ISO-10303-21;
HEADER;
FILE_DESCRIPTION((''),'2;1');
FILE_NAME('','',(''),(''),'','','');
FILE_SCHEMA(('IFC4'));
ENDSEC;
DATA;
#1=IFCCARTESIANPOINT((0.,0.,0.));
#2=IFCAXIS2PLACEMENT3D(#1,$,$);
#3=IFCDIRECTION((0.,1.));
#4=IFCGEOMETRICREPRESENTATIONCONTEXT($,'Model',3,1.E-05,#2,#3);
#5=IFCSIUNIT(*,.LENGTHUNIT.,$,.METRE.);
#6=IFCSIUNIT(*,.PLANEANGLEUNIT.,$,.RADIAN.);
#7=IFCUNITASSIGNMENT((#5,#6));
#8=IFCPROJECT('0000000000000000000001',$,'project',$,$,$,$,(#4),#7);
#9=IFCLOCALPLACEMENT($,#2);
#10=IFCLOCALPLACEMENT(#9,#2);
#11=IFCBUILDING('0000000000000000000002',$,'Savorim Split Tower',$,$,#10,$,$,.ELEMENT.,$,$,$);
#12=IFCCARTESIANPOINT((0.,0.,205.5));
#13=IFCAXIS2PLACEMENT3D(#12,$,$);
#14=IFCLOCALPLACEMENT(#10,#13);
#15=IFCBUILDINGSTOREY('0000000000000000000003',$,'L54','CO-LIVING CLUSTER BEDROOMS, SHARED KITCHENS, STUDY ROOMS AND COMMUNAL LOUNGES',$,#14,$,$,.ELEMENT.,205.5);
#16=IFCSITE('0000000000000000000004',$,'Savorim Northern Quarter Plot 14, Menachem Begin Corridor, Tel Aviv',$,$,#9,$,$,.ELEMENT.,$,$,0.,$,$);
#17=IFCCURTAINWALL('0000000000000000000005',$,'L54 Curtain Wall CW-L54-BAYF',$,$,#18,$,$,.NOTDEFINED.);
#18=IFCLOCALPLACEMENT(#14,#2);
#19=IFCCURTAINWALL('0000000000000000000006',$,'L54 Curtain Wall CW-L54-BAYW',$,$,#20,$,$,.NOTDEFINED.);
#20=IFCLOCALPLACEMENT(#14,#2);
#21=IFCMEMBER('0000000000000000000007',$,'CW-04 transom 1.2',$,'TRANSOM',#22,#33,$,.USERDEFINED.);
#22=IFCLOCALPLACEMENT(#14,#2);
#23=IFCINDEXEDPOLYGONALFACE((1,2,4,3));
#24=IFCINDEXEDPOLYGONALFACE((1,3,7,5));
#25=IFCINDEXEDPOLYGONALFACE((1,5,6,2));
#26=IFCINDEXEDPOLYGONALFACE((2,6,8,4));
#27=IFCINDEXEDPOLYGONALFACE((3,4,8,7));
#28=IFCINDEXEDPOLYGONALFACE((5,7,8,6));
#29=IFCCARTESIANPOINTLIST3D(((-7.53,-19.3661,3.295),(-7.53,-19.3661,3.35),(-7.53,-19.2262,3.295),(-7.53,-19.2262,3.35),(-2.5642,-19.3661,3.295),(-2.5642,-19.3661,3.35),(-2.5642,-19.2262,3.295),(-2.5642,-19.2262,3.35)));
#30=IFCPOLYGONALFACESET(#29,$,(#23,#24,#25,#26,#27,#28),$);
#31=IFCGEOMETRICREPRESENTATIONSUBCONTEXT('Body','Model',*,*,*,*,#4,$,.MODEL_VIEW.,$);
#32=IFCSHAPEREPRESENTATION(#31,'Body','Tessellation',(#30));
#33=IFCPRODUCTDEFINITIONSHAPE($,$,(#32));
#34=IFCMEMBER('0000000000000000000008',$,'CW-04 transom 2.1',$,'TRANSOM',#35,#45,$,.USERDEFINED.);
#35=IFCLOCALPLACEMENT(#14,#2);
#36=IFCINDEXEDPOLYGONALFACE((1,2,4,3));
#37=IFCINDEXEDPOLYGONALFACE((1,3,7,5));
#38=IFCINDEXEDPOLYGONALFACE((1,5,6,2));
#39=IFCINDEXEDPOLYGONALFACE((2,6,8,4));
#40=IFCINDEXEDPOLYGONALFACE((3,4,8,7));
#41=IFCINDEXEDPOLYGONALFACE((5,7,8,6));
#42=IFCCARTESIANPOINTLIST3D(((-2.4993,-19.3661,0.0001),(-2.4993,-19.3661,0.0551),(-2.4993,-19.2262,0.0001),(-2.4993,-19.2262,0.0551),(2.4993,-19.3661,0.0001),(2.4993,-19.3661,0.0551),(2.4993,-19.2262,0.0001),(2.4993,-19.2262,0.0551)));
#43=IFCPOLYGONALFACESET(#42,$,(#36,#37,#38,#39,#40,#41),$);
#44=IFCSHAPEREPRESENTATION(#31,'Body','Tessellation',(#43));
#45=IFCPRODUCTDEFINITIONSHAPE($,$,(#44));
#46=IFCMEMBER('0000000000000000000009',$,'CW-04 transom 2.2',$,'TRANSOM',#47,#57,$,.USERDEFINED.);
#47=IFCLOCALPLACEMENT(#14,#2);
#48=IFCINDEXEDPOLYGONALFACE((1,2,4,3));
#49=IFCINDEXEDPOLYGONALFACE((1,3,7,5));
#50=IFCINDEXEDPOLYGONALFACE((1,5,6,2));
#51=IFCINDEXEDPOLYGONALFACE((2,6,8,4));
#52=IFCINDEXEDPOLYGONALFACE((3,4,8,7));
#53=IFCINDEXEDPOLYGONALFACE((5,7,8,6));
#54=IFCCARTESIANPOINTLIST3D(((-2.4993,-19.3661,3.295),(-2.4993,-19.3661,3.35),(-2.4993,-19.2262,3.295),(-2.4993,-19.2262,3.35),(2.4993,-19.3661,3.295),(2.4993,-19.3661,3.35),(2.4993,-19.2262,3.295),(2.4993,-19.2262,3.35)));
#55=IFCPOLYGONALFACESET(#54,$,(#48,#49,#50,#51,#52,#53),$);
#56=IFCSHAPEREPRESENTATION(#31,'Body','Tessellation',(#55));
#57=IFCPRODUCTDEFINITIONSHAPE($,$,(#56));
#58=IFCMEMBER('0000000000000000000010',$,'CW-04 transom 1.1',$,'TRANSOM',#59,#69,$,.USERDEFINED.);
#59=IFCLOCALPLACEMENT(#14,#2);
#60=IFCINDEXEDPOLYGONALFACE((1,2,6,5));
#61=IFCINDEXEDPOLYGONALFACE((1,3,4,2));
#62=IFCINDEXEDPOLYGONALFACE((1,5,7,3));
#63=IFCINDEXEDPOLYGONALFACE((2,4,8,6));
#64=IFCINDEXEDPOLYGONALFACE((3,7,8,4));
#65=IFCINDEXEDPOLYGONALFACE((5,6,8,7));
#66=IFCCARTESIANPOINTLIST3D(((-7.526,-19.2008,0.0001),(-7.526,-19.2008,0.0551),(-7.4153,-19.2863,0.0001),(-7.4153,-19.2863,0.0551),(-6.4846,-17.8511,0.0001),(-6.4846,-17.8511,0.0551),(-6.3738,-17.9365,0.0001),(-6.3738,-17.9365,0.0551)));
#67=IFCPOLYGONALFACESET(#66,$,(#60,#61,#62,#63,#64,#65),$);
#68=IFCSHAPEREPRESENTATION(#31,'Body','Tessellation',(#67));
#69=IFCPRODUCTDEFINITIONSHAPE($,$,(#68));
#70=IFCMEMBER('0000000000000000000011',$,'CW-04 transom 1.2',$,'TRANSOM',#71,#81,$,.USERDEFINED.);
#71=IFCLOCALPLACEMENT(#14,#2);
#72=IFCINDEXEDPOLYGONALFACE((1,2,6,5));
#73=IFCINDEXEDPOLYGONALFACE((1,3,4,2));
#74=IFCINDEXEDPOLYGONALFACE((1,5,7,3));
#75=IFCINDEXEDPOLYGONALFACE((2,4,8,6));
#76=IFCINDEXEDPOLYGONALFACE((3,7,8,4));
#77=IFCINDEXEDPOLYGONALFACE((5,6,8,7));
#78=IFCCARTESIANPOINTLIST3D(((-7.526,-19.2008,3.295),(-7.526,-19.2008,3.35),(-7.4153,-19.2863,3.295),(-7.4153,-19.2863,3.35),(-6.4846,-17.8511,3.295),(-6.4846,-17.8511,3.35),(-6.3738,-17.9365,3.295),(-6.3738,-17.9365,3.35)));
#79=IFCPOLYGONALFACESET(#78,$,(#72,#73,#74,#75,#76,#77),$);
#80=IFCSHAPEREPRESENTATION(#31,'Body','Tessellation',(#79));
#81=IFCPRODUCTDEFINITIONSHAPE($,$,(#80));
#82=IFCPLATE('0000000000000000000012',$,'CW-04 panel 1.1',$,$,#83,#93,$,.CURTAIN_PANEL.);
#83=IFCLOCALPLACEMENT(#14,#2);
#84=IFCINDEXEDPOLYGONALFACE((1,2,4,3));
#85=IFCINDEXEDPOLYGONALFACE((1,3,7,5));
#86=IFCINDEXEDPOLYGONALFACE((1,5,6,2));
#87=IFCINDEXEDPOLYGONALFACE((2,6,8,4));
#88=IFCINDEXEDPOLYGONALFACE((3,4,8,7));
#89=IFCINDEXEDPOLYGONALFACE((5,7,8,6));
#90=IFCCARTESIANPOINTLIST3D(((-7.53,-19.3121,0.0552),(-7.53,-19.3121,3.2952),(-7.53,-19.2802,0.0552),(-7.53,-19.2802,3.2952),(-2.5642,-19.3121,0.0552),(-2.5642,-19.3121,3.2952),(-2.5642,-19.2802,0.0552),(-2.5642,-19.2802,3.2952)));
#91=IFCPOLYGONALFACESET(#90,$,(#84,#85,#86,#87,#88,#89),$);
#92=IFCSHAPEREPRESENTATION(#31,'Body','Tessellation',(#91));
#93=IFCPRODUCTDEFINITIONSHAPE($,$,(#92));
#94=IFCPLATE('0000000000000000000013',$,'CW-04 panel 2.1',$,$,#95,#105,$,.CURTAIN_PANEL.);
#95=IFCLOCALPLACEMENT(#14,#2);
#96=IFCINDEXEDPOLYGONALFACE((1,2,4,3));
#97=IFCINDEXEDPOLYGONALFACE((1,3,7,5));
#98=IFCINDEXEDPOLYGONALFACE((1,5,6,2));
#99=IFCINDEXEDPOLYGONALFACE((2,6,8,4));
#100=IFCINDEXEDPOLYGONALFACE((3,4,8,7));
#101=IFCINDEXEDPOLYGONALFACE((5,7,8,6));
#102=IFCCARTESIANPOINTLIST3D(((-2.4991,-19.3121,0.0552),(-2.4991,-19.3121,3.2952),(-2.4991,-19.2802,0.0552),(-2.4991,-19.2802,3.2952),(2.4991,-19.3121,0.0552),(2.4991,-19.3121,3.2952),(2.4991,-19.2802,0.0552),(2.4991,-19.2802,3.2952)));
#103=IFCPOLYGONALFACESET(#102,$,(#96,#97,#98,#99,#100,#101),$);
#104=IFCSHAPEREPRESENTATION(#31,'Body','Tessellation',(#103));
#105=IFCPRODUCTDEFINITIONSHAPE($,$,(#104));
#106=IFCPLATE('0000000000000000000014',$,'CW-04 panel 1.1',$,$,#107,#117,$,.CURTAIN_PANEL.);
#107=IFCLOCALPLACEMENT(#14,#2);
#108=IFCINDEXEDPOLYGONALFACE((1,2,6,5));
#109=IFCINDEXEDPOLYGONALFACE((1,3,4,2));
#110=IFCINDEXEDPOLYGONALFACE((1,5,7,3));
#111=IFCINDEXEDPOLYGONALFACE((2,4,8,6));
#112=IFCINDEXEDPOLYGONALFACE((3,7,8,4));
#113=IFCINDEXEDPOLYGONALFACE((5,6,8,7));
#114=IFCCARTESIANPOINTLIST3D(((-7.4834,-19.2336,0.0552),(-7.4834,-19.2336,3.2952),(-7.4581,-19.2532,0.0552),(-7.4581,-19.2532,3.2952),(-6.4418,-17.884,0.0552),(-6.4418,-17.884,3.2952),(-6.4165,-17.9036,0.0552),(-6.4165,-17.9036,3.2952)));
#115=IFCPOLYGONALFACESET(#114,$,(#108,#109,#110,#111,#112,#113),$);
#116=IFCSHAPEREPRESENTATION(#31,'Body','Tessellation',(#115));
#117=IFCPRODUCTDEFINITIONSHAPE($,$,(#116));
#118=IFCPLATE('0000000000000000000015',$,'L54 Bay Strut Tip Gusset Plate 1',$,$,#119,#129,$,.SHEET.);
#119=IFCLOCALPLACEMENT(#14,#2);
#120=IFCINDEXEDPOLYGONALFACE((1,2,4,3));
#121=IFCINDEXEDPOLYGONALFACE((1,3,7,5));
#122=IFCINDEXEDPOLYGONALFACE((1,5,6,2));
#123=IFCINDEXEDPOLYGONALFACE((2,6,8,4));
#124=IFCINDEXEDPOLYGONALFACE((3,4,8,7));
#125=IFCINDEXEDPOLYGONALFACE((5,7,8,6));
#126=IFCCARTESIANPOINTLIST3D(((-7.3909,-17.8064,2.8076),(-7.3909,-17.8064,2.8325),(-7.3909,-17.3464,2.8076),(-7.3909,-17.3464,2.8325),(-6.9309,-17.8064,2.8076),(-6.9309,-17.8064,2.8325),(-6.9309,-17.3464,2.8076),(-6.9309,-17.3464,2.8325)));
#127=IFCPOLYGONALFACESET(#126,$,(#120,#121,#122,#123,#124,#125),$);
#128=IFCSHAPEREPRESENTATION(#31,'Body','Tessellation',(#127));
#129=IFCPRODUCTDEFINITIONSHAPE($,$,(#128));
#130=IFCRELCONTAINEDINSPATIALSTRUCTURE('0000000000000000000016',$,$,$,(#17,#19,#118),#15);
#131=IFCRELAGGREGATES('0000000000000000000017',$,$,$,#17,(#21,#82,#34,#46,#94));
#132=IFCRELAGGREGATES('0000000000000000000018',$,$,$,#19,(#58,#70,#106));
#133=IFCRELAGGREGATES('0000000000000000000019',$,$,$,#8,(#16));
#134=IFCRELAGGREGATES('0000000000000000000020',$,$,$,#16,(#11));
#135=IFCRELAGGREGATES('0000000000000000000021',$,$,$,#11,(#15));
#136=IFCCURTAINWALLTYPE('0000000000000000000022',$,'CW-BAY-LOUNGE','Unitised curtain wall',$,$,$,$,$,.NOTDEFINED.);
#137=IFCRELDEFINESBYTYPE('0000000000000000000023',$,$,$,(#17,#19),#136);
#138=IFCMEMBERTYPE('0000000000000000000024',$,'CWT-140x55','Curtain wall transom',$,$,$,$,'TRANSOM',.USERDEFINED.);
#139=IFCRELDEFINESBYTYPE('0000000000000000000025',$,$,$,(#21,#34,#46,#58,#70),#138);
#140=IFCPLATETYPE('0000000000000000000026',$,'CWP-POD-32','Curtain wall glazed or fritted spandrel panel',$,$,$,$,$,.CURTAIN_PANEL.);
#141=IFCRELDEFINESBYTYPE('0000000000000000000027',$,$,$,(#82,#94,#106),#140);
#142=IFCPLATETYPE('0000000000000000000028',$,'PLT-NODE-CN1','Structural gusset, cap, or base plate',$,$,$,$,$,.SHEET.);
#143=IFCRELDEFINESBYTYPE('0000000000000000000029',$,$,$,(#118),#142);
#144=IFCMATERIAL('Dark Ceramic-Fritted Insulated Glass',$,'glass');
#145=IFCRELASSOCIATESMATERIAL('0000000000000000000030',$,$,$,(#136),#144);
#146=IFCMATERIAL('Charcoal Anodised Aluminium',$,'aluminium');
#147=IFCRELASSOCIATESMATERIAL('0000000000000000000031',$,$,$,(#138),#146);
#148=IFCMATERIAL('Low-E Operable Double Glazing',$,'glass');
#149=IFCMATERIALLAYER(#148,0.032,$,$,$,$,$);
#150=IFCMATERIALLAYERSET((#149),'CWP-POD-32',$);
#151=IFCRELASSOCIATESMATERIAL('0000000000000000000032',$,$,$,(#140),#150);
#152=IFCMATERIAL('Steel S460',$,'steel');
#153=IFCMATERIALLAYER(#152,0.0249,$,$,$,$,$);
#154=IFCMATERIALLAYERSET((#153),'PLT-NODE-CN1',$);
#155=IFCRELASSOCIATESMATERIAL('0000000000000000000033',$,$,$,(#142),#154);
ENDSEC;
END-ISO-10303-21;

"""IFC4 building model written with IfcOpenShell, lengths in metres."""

from ifc_helpers import new_model, si_unit, direction, frame, origin, origin_2d, place, context, subcontext, project, spatial, rectangle, extrude, material, layer, layer_set, material_profile, profile_set, type_object, element, aggregate, save


model = new_model("IFC4")

# Units and contexts
model_context = context("Model", 3, precision=1e-05, world=origin(), true_north=direction((0.0, 1.0)))
body_context = subcontext(model_context, "Body", "Model", "MODEL_VIEW")
ifc_project = project(units=[si_unit("LENGTHUNIT", "METRE"), si_unit("PLANEANGLEUNIT", "RADIAN")], contexts=[model_context])

# Site, building, storey
site_placement = place(None, origin())
site = spatial("IfcSite", under=ifc_project, at=site_placement, Name="Savorim Northern Quarter Plot 14, Menachem Begin Corridor, Tel Aviv", CompositionType="ELEMENT", RefElevation=0.0)
building_placement = place(site_placement, origin())
building = spatial("IfcBuilding", under=site, at=building_placement, Name="Savorim Split Tower", CompositionType="ELEMENT")
storey_placement = place(building_placement, frame((0.0, 0.0, 205.5)))
storey = spatial("IfcBuildingStorey", under=building, at=storey_placement, Name="L54", Description="CO-LIVING CLUSTER BEDROOMS, SHARED KITCHENS, STUDY ROOMS AND COMMUNAL LOUNGES", CompositionType="ELEMENT", Elevation=205.5)

# Shared definitions
ifc_material_1 = material(Name="Dark Ceramic-Fritted Insulated Glass", Category="glass")
ifc_material_2 = material(Name="Charcoal Anodised Aluminium", Category="aluminium")

# Curtain walls
curtain_wall_type_1 = type_object("IfcCurtainWallType", Name="CW-BAY-LOUNGE", Description="Unitised curtain wall", PredefinedType="NOTDEFINED", material=ifc_material_1)
curtain_wall_1_placement = place(storey_placement, origin())
curtain_wall_1 = element("IfcCurtainWall", 1, at=curtain_wall_1_placement, inside=storey, type_object=curtain_wall_type_1, Name="L54 Curtain Wall CW-L54-BAYF", PredefinedType="NOTDEFINED")
curtain_wall_2_placement = place(storey_placement, origin())
curtain_wall_2 = element("IfcCurtainWall", 2, at=curtain_wall_2_placement, inside=storey, type_object=curtain_wall_type_1, Name="L54 Curtain Wall CW-L54-BAYW", PredefinedType="NOTDEFINED")

# Members
ifc_material_profile_1 = material_profile(ifc_material_2, rectangle(XDim=0.1399, YDim=0.0549, at=origin_2d()), Name="ALU-T 140x55")
ifc_profile_set_1 = profile_set([ifc_material_profile_1], Name="Charcoal Anodised Aluminium")
member_type_1 = type_object("IfcMemberType", Name="CWT-140x55", Description="Curtain wall transom", ElementType="TRANSOM", PredefinedType="USERDEFINED", material=ifc_profile_set_1)
member_1_placement = place(storey_placement, frame((-7.53, -19.2961, 3.3225), z_axis=(1.0, 0.0, 0.0), x_axis=(0.0, 1.0, 0.0)))
member_1 = element("IfcMember", 3, at=member_1_placement, type_object=member_type_1, Name="CW-04 transom 1.2", ObjectType="TRANSOM", PredefinedType="USERDEFINED", context=body_context, shape_type="SweptSolid", body=[
    extrude(rectangle(XDim=0.1399, YDim=0.0549, at=origin_2d()), origin(), (0.0, 0.0, 1.0), 4.9658),
])
member_2_placement = place(storey_placement, frame((-2.4993, -19.2961, 0.0276), z_axis=(1.0, 0.0, 0.0), x_axis=(0.0, 1.0, 0.0)))
member_2 = element("IfcMember", 4, at=member_2_placement, type_object=member_type_1, Name="CW-04 transom 2.1", ObjectType="TRANSOM", PredefinedType="USERDEFINED", context=body_context, shape_type="SweptSolid", body=[
    extrude(rectangle(XDim=0.1399, YDim=0.0549, at=origin_2d()), origin(), (0.0, 0.0, 1.0), 4.9985),
])
member_3_placement = place(storey_placement, frame((-2.4993, -19.2961, 3.3225), z_axis=(1.0, 0.0, 0.0), x_axis=(0.0, 1.0, 0.0)))
member_3 = element("IfcMember", 5, at=member_3_placement, type_object=member_type_1, Name="CW-04 transom 2.2", ObjectType="TRANSOM", PredefinedType="USERDEFINED", context=body_context, shape_type="SweptSolid", body=[
    extrude(rectangle(XDim=0.1399, YDim=0.0549, at=origin_2d()), origin(), (0.0, 0.0, 1.0), 4.9985),
])
member_4_placement = place(storey_placement, frame((-6.4292, -17.8938, 0.0276), z_axis=(-0.610873, -0.791729, 0.0), x_axis=(0.791729, -0.610873, 0.0)))
member_4 = element("IfcMember", 6, at=member_4_placement, type_object=member_type_1, Name="CW-04 transom 1.1", ObjectType="TRANSOM", PredefinedType="USERDEFINED", context=body_context, shape_type="SweptSolid", body=[
    extrude(rectangle(XDim=0.1399, YDim=0.0549, at=origin_2d()), origin(), (0.0, 0.0, 1.0), 1.7048),
])
member_5_placement = place(storey_placement, frame((-6.4292, -17.8938, 3.3225), z_axis=(-0.610873, -0.791729, 0.0), x_axis=(0.791729, -0.610873, 0.0)))
member_5 = element("IfcMember", 7, at=member_5_placement, type_object=member_type_1, Name="CW-04 transom 1.2", ObjectType="TRANSOM", PredefinedType="USERDEFINED", context=body_context, shape_type="SweptSolid", body=[
    extrude(rectangle(XDim=0.1399, YDim=0.0549, at=origin_2d()), origin(), (0.0, 0.0, 1.0), 1.7048),
])

# Plates
ifc_material_3 = material(Name="Low-E Operable Double Glazing", Category="glass")
ifc_layer_1 = layer(ifc_material_3, 0.032)
ifc_layer_set_1 = layer_set([ifc_layer_1], Name="CWP-POD-32")
plate_type_1 = type_object("IfcPlateType", Name="CWP-POD-32", Description="Curtain wall glazed or fritted spandrel panel", PredefinedType="CURTAIN_PANEL", material=ifc_layer_set_1)
plate_1_placement = place(storey_placement, frame((-5.0471, -19.2961, 0.0552), z_axis=(0.0, 0.0, 1.0), x_axis=(1.0, 0.0, 0.0)))
plate_1 = element("IfcPlate", 8, at=plate_1_placement, type_object=plate_type_1, Name="CW-04 panel 1.1", PredefinedType="CURTAIN_PANEL", context=body_context, shape_type="SweptSolid", body=[
    extrude(rectangle(XDim=4.9658, YDim=0.032, at=origin_2d()), origin(), (0.0, 0.0, 1.0), 3.24),
])
plate_2_placement = place(storey_placement, frame((0.0, -19.2961, 0.0552), z_axis=(0.0, 0.0, 1.0), x_axis=(1.0, 0.0, 0.0)))
plate_2 = element("IfcPlate", 9, at=plate_2_placement, type_object=plate_type_1, Name="CW-04 panel 2.1", PredefinedType="CURTAIN_PANEL", context=body_context, shape_type="SweptSolid", body=[
    extrude(rectangle(XDim=4.9983, YDim=0.032, at=origin_2d()), origin(), (0.0, 0.0, 1.0), 3.24),
])
aggregate(curtain_wall_1, [member_1, plate_1, member_2, member_3, plate_2])
plate_3_placement = place(storey_placement, frame((-6.95, -18.5686, 0.0552), z_axis=(0.0, 0.0, 1.0), x_axis=(-0.610982, -0.791644, 0.0)))
plate_3 = element("IfcPlate", 10, at=plate_3_placement, type_object=plate_type_1, Name="CW-04 panel 1.1", PredefinedType="CURTAIN_PANEL", context=body_context, shape_type="SweptSolid", body=[
    extrude(rectangle(XDim=1.7048, YDim=0.032, at=origin_2d()), origin(), (0.0, 0.0, 1.0), 3.24),
])
aggregate(curtain_wall_2, [member_4, member_5, plate_3])
ifc_material_4 = material(Name="Steel S460", Category="steel")
ifc_layer_2 = layer(ifc_material_4, 0.0249)
ifc_layer_set_2 = layer_set([ifc_layer_2], Name="PLT-NODE-CN1")
plate_type_2 = type_object("IfcPlateType", Name="PLT-NODE-CN1", Description="Structural gusset, cap, or base plate", PredefinedType="SHEET", material=ifc_layer_set_2)
plate_4_placement = place(storey_placement, frame((-7.1609, -17.5764, 2.8076), z_axis=(0.0, 0.0, 1.0), x_axis=(1.0, 0.0, 0.0)))
element("IfcPlate", 11, at=plate_4_placement, inside=storey, type_object=plate_type_2, Name="L54 Bay Strut Tip Gusset Plate 1", PredefinedType="SHEET", context=body_context, shape_type="SweptSolid", body=[
    extrude(rectangle(XDim=0.46, YDim=0.46, at=origin_2d()), origin(), (0.0, 0.0, 1.0), 0.0249),
])

save(model, "model.ifc")
